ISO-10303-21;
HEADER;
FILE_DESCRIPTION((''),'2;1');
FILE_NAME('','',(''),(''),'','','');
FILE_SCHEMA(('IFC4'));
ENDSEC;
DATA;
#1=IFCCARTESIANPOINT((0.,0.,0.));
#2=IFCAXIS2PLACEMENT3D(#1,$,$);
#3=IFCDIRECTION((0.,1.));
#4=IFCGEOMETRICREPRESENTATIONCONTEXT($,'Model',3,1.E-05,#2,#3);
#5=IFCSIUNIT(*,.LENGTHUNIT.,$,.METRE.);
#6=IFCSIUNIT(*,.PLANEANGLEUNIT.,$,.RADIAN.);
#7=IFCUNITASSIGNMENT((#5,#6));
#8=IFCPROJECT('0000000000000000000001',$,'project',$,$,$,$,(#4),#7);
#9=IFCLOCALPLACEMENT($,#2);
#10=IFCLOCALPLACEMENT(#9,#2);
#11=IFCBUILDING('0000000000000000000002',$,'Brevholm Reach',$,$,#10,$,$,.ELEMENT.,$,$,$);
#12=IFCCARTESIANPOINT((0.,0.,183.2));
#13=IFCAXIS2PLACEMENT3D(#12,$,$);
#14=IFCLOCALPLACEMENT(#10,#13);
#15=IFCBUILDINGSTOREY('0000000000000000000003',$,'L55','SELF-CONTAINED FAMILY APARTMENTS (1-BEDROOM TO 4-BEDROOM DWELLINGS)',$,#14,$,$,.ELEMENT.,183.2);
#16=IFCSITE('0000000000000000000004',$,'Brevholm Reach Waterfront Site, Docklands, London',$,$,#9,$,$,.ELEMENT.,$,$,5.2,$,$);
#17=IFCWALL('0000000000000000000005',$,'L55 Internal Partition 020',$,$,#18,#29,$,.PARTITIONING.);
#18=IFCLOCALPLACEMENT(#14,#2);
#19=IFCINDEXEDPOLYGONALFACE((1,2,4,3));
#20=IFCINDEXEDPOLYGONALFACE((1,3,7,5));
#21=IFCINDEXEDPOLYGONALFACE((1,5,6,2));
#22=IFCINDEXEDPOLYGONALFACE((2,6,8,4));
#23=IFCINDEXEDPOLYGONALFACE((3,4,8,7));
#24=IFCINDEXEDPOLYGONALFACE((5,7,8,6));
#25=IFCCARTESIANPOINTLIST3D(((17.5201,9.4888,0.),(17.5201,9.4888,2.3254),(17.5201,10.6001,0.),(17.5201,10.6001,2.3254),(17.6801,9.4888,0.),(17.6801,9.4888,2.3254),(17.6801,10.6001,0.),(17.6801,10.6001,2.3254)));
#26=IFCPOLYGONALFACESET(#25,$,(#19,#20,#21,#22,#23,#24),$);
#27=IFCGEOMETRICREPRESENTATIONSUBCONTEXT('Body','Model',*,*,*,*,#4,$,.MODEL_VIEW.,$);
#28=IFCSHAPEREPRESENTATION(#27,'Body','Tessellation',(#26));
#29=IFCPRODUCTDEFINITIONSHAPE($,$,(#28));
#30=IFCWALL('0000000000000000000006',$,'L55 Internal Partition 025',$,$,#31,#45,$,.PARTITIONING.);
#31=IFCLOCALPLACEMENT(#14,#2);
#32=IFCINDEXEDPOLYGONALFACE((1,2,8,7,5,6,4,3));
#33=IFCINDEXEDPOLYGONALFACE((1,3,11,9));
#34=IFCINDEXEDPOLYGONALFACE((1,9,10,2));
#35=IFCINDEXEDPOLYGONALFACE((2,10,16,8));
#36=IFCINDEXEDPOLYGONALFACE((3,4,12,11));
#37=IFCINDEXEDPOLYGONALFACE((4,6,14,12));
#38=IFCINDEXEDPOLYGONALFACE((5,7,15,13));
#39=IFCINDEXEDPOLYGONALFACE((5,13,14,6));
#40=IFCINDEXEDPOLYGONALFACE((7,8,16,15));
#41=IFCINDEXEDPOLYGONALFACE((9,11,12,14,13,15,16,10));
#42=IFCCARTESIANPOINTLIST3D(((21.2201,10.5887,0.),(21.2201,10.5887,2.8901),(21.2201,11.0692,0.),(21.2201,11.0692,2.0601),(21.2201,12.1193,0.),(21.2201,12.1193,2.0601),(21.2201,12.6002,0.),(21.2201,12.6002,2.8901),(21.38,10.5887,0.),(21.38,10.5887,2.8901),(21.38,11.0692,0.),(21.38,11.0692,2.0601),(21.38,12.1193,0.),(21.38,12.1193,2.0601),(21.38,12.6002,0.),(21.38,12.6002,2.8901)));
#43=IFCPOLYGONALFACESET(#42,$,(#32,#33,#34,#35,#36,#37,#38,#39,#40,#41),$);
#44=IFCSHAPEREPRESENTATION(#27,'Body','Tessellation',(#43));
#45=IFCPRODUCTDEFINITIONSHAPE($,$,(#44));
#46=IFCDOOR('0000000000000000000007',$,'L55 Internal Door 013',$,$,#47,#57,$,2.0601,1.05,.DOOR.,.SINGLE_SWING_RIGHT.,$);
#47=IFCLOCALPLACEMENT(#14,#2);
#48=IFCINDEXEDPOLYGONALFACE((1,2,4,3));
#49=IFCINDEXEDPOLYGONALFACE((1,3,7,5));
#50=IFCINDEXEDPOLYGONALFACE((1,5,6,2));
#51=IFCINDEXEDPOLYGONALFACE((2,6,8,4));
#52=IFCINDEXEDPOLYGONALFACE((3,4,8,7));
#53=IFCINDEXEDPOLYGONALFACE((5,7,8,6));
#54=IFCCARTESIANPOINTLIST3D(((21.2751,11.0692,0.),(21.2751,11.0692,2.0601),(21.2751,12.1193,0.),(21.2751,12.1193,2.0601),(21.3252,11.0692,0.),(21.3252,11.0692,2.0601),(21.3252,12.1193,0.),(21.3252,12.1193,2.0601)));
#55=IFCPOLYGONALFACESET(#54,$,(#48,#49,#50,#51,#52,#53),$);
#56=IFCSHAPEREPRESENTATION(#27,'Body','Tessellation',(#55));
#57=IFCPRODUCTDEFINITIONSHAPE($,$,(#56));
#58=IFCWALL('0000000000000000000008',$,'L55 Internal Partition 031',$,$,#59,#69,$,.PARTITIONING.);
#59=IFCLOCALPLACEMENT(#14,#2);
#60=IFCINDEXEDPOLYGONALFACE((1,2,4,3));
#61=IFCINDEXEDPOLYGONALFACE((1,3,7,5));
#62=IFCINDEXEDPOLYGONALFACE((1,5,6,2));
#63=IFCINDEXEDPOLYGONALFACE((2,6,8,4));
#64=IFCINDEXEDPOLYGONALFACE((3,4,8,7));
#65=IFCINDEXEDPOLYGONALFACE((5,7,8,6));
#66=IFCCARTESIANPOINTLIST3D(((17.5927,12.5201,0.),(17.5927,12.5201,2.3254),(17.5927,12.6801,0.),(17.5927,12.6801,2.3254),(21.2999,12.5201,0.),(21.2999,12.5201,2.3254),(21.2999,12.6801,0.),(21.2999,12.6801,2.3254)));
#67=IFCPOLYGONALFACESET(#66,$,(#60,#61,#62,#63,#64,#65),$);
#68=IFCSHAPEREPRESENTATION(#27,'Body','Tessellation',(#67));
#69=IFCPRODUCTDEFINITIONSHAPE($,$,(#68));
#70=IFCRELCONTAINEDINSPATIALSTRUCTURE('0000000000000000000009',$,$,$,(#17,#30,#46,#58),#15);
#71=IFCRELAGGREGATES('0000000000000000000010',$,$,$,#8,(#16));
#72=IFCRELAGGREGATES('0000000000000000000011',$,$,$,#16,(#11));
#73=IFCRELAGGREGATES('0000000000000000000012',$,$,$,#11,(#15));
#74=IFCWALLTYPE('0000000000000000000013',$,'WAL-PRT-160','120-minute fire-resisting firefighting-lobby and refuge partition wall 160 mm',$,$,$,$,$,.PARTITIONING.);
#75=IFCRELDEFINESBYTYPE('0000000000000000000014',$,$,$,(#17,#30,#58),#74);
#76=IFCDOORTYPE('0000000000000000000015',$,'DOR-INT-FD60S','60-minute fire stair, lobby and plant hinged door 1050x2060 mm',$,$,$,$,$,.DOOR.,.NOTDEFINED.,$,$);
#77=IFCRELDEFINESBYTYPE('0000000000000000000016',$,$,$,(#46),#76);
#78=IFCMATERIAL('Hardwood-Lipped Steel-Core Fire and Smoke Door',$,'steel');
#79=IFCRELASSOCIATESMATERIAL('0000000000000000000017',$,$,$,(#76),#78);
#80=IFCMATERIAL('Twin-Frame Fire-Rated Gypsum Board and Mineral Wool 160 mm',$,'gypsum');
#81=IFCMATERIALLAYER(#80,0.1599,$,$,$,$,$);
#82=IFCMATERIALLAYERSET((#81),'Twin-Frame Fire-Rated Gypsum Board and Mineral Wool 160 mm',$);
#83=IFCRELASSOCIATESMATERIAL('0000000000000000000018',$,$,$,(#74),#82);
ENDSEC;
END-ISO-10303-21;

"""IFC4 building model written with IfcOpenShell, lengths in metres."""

from ifc_helpers import new_model, si_unit, direction, frame, frame_2d, origin, place, context, subcontext, project, spatial, rectangle, extrude, material, layer, layer_set, type_object, element, fill, save


model = new_model("IFC4")

# Units and contexts
model_context = context("Model", 3, precision=1e-05, world=origin(), true_north=direction((0.0, 1.0)))
body_context = subcontext(model_context, "Body", "Model", "MODEL_VIEW")
ifc_project = project(units=[si_unit("LENGTHUNIT", "METRE"), si_unit("PLANEANGLEUNIT", "RADIAN")], contexts=[model_context])

# Site, building, storey
site_placement = place(None, origin())
site = spatial("IfcSite", under=ifc_project, at=site_placement, Name="Brevholm Reach Waterfront Site, Docklands, London", CompositionType="ELEMENT", RefElevation=5.2)
building_placement = place(site_placement, origin())
building = spatial("IfcBuilding", under=site, at=building_placement, Name="Brevholm Reach", CompositionType="ELEMENT")
storey_placement = place(building_placement, frame((0.0, 0.0, 183.2)))
storey = spatial("IfcBuildingStorey", under=building, at=storey_placement, Name="L55", Description="SELF-CONTAINED FAMILY APARTMENTS (1-BEDROOM TO 4-BEDROOM DWELLINGS)", CompositionType="ELEMENT", Elevation=183.2)

# Shared definitions
ifc_material_1 = material(Name="Hardwood-Lipped Steel-Core Fire and Smoke Door", Category="steel")
door_type_1 = type_object("IfcDoorType", Name="DOR-INT-FD60S", Description="60-minute fire stair, lobby and plant hinged door 1050x2060 mm", OperationType="NOTDEFINED", PredefinedType="DOOR", material=ifc_material_1)

# Wall
ifc_material_2 = material(Name="Twin-Frame Fire-Rated Gypsum Board and Mineral Wool 160 mm", Category="gypsum")
ifc_layer_1 = layer(ifc_material_2, 0.1599)
ifc_layer_set_1 = layer_set([ifc_layer_1], Name="Twin-Frame Fire-Rated Gypsum Board and Mineral Wool 160 mm")
wall_type_1 = type_object("IfcWallType", Name="WAL-PRT-160", Description="120-minute fire-resisting firefighting-lobby and refuge partition wall 160 mm", PredefinedType="PARTITIONING", material=ifc_layer_set_1)
wall_1_placement = place(storey_placement, frame((17.6001, 9.4888, 0.0), z_axis=(0.0, 0.0, 1.0), x_axis=(0.0, 1.0, 0.0)))
element("IfcWall", 1, at=wall_1_placement, inside=storey, type_object=wall_type_1, Name="L55 Internal Partition 020", PredefinedType="PARTITIONING", context=body_context, shape_type="SweptSolid", body=[
    extrude(rectangle(XDim=1.1113, YDim=0.1599, at=frame_2d((0.5557, 0.0))), origin(), (0.0, 0.0, 1.0), 2.3254),
])

# Wall, opening, door
wall_2_placement = place(storey_placement, frame((21.3, 10.5886, 0.0), z_axis=(0.0, 0.0, 1.0), x_axis=(0.0, 1.0, 0.0)))
wall_2 = element("IfcWall", 2, at=wall_2_placement, inside=storey, type_object=wall_type_1, Name="L55 Internal Partition 025", PredefinedType="PARTITIONING", context=body_context, shape_type="SweptSolid", body=[
    extrude(rectangle(XDim=2.0115, YDim=0.1599, at=frame_2d((1.0059, 0.0))), origin(), (0.0, 0.0, 1.0), 2.8901),
])
opening_1_placement = place(wall_2_placement, frame((0.4807, 0.0, 0.0)))
opening_1 = element("IfcOpeningElement", 3, at=opening_1_placement, cuts=wall_2, PredefinedType="OPENING", context=body_context, shape_type="SweptSolid", body=[
    extrude(rectangle(XDim=1.05, YDim=2.0601, at=frame_2d((0.5249, 1.03))), frame((0.0, 0.0898, 0.0), z_axis=(0.0, -1.0, 0.0), x_axis=(1.0, 0.0, 0.0)), (0.0, 0.0, 1.0), 0.1799),
])
door_1_placement = place(opening_1_placement, origin())
door_1 = element("IfcDoor", 4, at=door_1_placement, inside=storey, type_object=door_type_1, Name="L55 Internal Door 013", OperationType="SINGLE_SWING_RIGHT", OverallHeight=2.0601, OverallWidth=1.05, PredefinedType="DOOR", context=body_context, shape_type="SweptSolid", body=[
    extrude(rectangle(XDim=1.05, YDim=2.0601, at=frame_2d((0.5249, 1.03))), frame((0.0, 0.0249, 0.0), z_axis=(0.0, -1.0, 0.0), x_axis=(1.0, 0.0, 0.0)), (0.0, 0.0, 1.0), 0.05),
])
fill(opening_1, door_1)

# Wall
wall_3_placement = place(storey_placement, frame((17.5928, 12.6001, 0.0), z_axis=(0.0, 0.0, 1.0), x_axis=(1.0, 0.0, 0.0)))
element("IfcWall", 5, at=wall_3_placement, inside=storey, type_object=wall_type_1, Name="L55 Internal Partition 031", PredefinedType="PARTITIONING", context=body_context, shape_type="SweptSolid", body=[
    extrude(rectangle(XDim=3.7073, YDim=0.1599, at=frame_2d((1.8535, 0.0))), origin(), (0.0, 0.0, 1.0), 2.3254),
])

save(model, "model.ifc")
